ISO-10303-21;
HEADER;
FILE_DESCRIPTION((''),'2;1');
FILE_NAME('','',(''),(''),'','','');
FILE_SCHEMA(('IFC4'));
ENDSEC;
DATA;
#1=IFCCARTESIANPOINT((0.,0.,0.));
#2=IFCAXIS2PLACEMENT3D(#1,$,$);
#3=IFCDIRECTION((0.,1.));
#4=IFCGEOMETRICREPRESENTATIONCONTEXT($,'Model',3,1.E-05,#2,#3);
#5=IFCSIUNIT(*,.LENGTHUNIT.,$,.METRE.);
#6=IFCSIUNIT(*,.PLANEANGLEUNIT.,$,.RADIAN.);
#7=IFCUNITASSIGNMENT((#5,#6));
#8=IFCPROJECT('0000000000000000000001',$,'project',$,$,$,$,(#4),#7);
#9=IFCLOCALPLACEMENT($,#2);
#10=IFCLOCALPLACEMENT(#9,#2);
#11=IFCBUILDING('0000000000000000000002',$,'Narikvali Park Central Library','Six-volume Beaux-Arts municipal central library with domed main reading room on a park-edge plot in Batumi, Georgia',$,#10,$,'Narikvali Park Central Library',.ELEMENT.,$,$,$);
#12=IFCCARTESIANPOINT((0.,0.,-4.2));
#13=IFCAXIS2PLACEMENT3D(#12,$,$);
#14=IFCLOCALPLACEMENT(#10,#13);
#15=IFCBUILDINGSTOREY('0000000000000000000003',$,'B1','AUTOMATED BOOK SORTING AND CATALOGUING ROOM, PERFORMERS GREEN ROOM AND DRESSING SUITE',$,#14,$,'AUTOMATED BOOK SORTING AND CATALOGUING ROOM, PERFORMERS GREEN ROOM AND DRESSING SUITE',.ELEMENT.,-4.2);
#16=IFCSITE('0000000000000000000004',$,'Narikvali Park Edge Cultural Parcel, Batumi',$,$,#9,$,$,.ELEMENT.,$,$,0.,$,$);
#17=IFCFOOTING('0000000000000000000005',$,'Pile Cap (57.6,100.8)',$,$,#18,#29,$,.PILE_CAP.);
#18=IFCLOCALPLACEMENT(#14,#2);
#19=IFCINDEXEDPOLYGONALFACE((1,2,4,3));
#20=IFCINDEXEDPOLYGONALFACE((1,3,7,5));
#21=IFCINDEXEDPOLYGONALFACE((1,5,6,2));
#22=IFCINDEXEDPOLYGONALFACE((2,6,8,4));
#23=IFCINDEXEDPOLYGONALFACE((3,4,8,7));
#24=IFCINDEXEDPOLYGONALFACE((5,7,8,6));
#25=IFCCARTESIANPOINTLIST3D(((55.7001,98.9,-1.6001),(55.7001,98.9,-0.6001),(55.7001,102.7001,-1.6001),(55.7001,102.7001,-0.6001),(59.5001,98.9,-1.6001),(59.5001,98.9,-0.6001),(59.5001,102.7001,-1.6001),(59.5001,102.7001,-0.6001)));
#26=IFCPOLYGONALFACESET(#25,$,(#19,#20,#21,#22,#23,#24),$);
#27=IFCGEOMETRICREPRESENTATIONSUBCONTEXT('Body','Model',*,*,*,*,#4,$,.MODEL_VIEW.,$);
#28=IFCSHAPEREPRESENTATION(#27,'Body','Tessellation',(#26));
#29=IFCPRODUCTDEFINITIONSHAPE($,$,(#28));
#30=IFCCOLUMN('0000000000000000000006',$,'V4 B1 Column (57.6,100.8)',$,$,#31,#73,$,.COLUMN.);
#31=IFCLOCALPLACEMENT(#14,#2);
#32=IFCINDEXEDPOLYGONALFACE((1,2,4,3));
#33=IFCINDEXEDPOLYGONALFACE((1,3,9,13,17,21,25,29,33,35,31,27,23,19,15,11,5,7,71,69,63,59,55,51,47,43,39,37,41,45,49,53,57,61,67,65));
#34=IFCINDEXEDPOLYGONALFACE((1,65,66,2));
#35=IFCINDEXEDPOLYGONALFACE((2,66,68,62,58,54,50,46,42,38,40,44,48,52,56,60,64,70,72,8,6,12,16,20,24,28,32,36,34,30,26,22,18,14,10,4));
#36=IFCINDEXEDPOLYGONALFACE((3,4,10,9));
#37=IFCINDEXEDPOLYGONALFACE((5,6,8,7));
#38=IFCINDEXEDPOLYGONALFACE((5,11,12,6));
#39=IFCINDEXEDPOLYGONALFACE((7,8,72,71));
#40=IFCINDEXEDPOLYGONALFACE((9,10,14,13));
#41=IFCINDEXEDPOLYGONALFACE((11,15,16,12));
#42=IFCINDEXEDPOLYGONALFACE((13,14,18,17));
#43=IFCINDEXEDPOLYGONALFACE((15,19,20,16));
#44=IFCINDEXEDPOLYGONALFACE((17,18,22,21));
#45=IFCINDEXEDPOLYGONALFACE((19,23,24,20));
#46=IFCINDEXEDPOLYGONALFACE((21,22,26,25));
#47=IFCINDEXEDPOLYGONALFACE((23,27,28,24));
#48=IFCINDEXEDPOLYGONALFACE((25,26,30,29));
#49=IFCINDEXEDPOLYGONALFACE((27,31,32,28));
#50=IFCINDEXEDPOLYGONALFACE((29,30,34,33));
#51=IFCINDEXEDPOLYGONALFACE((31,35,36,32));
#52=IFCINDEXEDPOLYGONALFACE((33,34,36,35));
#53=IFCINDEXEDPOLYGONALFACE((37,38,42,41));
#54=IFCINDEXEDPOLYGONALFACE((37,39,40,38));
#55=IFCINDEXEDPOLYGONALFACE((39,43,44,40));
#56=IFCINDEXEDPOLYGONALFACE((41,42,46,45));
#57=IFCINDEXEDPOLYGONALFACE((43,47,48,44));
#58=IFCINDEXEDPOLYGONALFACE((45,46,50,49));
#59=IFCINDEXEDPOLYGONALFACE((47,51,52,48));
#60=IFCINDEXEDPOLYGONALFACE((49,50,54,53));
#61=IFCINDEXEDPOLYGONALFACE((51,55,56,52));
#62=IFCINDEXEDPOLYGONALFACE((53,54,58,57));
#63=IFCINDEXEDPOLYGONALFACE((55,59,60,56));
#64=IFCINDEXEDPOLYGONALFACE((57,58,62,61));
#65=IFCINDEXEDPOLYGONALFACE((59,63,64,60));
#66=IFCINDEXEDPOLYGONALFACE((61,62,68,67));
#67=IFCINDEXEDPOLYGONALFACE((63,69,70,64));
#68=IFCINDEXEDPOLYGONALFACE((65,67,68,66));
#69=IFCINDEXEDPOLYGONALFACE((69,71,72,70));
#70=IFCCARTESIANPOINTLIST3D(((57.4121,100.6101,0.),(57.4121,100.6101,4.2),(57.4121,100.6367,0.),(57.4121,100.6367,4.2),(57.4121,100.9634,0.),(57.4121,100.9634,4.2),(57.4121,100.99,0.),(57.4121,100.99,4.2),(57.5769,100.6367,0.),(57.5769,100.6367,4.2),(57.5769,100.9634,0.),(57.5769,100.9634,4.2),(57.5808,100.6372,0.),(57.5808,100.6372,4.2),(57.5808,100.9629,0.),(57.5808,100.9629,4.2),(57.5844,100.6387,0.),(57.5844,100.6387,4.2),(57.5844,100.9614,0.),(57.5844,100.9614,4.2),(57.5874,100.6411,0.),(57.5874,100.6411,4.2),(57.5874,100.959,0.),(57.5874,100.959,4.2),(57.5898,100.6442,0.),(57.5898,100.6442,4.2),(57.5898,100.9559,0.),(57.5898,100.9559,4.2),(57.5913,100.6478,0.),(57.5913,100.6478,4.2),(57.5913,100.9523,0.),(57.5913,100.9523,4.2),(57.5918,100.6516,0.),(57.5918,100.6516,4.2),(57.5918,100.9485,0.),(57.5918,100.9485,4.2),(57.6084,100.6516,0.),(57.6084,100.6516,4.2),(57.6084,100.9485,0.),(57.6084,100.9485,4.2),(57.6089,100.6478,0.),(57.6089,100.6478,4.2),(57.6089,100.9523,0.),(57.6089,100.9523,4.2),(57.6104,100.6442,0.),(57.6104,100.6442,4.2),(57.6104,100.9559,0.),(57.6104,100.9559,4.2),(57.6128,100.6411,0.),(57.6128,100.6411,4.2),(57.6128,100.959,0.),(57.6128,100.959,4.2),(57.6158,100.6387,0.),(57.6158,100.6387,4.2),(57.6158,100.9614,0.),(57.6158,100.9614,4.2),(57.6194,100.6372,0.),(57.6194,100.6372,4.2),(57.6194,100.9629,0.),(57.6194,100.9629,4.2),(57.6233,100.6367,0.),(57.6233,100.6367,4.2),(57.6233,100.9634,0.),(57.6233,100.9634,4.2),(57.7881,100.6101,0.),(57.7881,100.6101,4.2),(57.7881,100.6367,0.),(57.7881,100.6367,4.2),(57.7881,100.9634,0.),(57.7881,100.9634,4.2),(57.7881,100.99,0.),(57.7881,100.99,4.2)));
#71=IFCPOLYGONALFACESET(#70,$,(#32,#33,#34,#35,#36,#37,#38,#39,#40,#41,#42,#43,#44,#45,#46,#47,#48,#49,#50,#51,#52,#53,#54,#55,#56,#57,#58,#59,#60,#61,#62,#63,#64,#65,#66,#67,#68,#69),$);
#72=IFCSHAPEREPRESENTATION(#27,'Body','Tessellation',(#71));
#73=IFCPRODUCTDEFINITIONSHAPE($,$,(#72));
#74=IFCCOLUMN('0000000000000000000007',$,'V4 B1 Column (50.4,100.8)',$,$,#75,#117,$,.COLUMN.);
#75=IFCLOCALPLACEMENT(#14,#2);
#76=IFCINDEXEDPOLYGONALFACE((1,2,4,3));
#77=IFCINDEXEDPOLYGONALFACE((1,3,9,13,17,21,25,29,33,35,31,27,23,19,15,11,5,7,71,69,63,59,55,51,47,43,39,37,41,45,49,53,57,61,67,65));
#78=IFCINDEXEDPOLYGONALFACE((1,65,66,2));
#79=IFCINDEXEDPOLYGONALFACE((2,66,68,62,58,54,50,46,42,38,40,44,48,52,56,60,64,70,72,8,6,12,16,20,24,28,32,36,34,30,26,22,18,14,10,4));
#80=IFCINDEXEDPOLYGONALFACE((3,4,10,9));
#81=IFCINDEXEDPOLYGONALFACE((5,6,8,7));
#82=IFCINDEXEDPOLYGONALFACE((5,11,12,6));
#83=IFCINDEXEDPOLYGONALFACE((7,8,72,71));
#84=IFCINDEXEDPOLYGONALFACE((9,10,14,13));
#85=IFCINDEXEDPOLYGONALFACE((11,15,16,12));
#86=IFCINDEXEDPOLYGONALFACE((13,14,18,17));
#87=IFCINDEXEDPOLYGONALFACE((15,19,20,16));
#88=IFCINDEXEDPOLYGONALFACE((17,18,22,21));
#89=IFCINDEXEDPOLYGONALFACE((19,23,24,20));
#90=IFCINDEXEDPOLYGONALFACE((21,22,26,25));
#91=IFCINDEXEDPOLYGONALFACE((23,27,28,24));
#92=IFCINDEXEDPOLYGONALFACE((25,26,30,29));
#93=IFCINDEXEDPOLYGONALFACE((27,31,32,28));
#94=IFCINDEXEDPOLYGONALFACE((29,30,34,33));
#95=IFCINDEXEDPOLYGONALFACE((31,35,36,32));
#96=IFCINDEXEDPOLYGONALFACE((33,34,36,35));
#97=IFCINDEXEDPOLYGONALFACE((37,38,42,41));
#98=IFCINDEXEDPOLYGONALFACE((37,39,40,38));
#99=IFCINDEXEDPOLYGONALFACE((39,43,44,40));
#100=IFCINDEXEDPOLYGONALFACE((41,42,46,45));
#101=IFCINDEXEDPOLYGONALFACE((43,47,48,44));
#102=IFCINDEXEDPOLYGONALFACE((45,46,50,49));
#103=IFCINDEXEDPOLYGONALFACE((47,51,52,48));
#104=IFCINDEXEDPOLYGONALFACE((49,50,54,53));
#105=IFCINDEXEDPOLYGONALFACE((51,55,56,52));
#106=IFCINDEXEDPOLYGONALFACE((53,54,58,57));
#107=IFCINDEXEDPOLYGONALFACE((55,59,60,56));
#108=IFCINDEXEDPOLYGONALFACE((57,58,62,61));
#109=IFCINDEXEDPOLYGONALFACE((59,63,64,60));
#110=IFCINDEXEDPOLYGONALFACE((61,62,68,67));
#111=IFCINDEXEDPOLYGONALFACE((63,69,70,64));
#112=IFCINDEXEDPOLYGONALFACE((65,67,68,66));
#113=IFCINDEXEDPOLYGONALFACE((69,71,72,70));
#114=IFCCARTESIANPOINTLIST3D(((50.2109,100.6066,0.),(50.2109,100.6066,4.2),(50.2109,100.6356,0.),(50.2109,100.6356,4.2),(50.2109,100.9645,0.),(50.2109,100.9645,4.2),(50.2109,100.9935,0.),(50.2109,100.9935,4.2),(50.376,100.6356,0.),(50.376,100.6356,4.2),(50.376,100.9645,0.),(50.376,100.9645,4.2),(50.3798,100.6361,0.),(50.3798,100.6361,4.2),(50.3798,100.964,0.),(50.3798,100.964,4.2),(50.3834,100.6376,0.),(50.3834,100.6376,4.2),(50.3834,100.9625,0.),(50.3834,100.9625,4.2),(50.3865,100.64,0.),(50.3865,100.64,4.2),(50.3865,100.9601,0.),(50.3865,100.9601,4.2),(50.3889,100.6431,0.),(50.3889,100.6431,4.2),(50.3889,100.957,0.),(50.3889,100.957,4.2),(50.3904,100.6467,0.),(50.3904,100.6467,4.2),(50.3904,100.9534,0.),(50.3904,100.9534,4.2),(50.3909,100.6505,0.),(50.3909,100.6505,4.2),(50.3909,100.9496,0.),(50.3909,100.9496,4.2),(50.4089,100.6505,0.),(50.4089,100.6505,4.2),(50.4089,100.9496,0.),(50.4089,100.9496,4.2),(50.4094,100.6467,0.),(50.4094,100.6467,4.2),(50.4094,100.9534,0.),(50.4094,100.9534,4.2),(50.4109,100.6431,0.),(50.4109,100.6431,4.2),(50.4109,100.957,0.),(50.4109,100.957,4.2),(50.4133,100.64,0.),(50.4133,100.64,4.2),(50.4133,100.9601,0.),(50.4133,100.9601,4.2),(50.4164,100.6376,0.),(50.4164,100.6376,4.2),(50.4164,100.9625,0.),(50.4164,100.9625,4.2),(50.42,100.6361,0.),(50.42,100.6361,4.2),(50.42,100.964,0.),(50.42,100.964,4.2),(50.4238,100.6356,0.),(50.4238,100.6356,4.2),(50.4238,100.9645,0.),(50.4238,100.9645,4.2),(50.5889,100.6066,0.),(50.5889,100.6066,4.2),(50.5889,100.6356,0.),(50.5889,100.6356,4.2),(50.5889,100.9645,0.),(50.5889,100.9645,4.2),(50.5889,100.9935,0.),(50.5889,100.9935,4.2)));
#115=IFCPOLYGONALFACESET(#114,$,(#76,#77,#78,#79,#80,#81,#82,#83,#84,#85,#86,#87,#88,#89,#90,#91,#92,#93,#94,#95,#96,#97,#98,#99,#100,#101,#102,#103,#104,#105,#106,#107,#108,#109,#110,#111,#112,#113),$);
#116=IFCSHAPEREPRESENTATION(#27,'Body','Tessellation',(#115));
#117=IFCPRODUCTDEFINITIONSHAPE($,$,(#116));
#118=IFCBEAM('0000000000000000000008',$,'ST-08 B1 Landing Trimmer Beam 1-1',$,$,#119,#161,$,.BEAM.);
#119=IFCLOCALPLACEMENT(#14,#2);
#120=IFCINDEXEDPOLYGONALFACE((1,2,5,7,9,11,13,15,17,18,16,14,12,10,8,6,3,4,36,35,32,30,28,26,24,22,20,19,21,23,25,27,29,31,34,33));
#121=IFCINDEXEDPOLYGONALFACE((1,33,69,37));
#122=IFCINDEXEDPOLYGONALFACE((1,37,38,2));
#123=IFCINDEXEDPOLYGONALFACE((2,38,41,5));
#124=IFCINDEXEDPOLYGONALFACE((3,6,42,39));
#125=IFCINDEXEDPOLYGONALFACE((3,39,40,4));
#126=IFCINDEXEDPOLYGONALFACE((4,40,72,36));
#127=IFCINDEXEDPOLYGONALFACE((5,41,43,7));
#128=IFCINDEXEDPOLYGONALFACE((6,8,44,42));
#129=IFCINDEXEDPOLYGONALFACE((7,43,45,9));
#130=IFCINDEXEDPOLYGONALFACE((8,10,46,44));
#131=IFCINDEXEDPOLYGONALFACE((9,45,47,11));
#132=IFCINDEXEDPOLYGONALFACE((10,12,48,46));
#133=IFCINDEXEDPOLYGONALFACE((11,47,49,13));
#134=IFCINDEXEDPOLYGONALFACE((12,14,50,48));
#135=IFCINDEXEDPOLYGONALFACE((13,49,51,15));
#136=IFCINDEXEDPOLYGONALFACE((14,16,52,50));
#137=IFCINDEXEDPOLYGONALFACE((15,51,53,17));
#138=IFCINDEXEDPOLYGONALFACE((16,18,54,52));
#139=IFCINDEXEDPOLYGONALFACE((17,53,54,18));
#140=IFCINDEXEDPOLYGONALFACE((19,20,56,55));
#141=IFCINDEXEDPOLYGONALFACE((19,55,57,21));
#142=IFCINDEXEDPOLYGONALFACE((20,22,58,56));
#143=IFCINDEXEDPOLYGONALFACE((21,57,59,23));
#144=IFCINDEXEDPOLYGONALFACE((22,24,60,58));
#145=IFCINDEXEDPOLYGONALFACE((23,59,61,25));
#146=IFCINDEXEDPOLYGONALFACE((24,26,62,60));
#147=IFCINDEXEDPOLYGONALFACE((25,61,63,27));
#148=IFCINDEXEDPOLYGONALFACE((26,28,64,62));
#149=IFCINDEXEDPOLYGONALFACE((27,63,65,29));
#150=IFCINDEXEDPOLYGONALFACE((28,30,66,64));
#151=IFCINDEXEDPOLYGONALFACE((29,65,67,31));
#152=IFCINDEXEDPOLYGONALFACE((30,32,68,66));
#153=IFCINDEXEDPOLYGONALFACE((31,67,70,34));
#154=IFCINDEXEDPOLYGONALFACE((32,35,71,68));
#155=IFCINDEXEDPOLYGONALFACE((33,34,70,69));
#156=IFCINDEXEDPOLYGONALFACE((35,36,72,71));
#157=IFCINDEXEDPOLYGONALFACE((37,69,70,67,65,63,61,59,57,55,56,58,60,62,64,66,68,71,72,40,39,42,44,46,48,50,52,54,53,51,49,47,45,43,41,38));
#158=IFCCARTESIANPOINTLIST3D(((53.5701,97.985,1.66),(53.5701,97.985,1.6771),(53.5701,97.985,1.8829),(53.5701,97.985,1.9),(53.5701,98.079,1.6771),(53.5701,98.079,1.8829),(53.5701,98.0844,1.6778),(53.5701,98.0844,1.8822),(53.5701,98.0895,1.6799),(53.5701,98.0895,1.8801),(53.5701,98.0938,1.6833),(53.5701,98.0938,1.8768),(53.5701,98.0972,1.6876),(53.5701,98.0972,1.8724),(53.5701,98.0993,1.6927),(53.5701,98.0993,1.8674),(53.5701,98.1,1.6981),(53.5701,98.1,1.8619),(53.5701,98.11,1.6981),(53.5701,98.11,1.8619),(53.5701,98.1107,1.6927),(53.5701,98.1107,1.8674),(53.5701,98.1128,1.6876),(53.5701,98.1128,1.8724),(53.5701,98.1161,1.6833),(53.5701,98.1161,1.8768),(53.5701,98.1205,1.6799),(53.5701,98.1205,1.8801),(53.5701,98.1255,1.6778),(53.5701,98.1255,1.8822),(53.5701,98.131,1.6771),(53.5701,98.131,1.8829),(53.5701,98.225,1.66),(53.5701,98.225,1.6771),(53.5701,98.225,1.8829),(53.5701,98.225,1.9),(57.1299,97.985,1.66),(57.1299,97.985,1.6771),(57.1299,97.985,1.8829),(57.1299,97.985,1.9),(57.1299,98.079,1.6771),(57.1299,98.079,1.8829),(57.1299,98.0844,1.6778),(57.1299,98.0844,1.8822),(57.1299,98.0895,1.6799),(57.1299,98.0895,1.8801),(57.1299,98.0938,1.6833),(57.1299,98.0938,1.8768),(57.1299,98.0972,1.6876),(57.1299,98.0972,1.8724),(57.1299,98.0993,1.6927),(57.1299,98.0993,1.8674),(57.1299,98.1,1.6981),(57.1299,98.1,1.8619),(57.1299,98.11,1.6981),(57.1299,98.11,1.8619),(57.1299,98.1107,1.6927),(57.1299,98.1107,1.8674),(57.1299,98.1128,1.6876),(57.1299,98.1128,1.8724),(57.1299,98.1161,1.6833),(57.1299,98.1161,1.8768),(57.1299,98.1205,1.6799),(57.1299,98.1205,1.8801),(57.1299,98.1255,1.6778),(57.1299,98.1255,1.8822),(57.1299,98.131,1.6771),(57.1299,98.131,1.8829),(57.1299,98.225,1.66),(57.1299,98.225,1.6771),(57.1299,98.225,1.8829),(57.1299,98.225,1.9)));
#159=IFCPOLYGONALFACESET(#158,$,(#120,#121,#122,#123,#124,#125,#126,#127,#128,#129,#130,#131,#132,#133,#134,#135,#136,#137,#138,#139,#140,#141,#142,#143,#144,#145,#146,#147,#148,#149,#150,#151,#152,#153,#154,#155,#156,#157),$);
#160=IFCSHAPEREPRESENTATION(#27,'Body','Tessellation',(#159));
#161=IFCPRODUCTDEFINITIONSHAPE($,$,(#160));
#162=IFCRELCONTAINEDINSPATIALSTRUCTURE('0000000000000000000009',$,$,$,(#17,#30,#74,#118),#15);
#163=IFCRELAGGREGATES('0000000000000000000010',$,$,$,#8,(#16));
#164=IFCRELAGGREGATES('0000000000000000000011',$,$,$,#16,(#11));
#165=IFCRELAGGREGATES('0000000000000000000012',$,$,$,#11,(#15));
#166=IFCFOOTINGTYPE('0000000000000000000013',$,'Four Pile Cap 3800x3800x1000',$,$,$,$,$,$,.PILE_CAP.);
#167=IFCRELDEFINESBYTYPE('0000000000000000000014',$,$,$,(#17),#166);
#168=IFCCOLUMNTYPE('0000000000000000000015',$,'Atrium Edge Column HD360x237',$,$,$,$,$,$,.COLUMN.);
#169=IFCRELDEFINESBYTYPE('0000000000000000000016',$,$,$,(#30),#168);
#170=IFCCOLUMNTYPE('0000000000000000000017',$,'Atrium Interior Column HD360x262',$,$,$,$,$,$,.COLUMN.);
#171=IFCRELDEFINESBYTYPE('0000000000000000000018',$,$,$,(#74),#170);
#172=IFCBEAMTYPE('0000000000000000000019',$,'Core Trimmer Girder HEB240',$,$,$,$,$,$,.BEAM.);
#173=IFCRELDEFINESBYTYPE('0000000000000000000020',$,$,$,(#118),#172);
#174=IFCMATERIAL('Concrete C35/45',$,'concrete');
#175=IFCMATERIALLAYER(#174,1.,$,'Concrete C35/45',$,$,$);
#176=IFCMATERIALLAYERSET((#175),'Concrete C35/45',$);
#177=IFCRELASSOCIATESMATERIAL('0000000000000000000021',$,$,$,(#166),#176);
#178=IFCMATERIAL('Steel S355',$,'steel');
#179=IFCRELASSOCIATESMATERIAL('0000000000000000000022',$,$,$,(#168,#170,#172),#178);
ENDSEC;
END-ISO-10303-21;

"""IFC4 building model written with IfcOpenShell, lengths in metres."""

from ifc_helpers import new_model, si_unit, direction, frame, origin, origin_2d, place, context, subcontext, project, spatial, rectangle, i_section, extrude, material, layer, layer_set, material_profile, profile_set, type_object, element, save


model = new_model("IFC4")

# Units and contexts
model_context = context("Model", 3, precision=1e-05, world=origin(), true_north=direction((0.0, 1.0)))
body_context = subcontext(model_context, "Body", "Model", "MODEL_VIEW")
ifc_project = project(units=[si_unit("LENGTHUNIT", "METRE"), si_unit("PLANEANGLEUNIT", "RADIAN")], contexts=[model_context])

# Site, building, storey
site_placement = place(None, origin())
site = spatial("IfcSite", under=ifc_project, at=site_placement, Name="Narikvali Park Edge Cultural Parcel, Batumi", CompositionType="ELEMENT", RefElevation=0.0)
building_placement = place(site_placement, origin())
building = spatial("IfcBuilding", under=site, at=building_placement, Name="Narikvali Park Central Library", Description="Six-volume Beaux-Arts municipal central library with domed main reading room on a park-edge plot in Batumi, Georgia", LongName="Narikvali Park Central Library", CompositionType="ELEMENT")
storey_placement = place(building_placement, frame((0.0, 0.0, -4.2)))
storey = spatial("IfcBuildingStorey", under=building, at=storey_placement, Name="B1", Description="AUTOMATED BOOK SORTING AND CATALOGUING ROOM, PERFORMERS GREEN ROOM AND DRESSING SUITE", LongName="AUTOMATED BOOK SORTING AND CATALOGUING ROOM, PERFORMERS GREEN ROOM AND DRESSING SUITE", CompositionType="ELEMENT", Elevation=-4.2)

# Shared definitions
ifc_material_1 = material(Name="Concrete C35/45", Category="concrete")

# Footing
ifc_layer_1 = layer(ifc_material_1, 1.0, Name="Concrete C35/45")
ifc_layer_set_1 = layer_set([ifc_layer_1], Name="Concrete C35/45")
footing_type_1 = type_object("IfcFootingType", Name="Four Pile Cap 3800x3800x1000", PredefinedType="PILE_CAP", material=ifc_layer_set_1)
for number, where, z_axis, x_axis, name in (
    (1, (57.6001, 100.8, -1.6001), (0.0, 0.0, 1.0), (1.0, 0.0, 0.0), "Pile Cap (57.6,100.8)"),
):
    element("IfcFooting", number, at=place(storey_placement, frame(where, z_axis=z_axis, x_axis=x_axis)), inside=storey, type_object=footing_type_1, Name=name, PredefinedType="PILE_CAP", context=body_context, shape_type="SweptSolid", body=[
        extrude(rectangle(XDim=3.8, YDim=3.8, at=origin_2d()), origin(), (0.0, 0.0, 1.0), 1.0),
    ])

# Columns
ifc_material_2 = material(Name="Steel S355", Category="steel")
ifc_material_profile_1 = material_profile(ifc_material_2, i_section(OverallWidth=0.376, OverallDepth=0.3799, WebThickness=0.0166, FlangeThickness=0.0266, FilletRadius=0.0149, at=origin_2d()), Name="HD 360x237")
ifc_profile_set_1 = profile_set([ifc_material_profile_1], Name="Steel S355")
column_type_1 = type_object("IfcColumnType", Name="Atrium Edge Column HD360x237", PredefinedType="COLUMN", material=ifc_profile_set_1)
column_1_placement = place(storey_placement, frame((57.6001, 100.8, 0.0), z_axis=(0.0, 0.0, 1.0), x_axis=(1.0, 0.0, 0.0)))
element("IfcColumn", 2, at=column_1_placement, inside=storey, type_object=column_type_1, Name="V4 B1 Column (57.6,100.8)", PredefinedType="COLUMN", context=body_context, shape_type="SweptSolid", body=[
    extrude(i_section(OverallWidth=0.376, OverallDepth=0.3799, WebThickness=0.0166, FlangeThickness=0.0266, FilletRadius=0.0149, at=origin_2d()), origin(), (0.0, 0.0, 1.0), 4.2),
])
ifc_material_profile_2 = material_profile(ifc_material_2, i_section(OverallWidth=0.3779, OverallDepth=0.387, WebThickness=0.0181, FlangeThickness=0.0291, FilletRadius=0.0149, at=origin_2d()), Name="HD 360x262")
ifc_profile_set_2 = profile_set([ifc_material_profile_2], Name="Steel S355")
column_type_2 = type_object("IfcColumnType", Name="Atrium Interior Column HD360x262", PredefinedType="COLUMN", material=ifc_profile_set_2)
column_2_placement = place(storey_placement, frame((50.3999, 100.8, 0.0), z_axis=(0.0, 0.0, 1.0), x_axis=(1.0, 0.0, 0.0)))
element("IfcColumn", 3, at=column_2_placement, inside=storey, type_object=column_type_2, Name="V4 B1 Column (50.4,100.8)", PredefinedType="COLUMN", context=body_context, shape_type="SweptSolid", body=[
    extrude(i_section(OverallWidth=0.3779, OverallDepth=0.387, WebThickness=0.0181, FlangeThickness=0.0291, FilletRadius=0.0149, at=origin_2d()), origin(), (0.0, 0.0, 1.0), 4.2),
])

# Beam
ifc_material_profile_3 = material_profile(ifc_material_2, i_section(OverallWidth=0.24, OverallDepth=0.24, WebThickness=0.01, FlangeThickness=0.0171, FilletRadius=0.021, at=origin_2d()), Name="HEB 240")
ifc_profile_set_3 = profile_set([ifc_material_profile_3], Name="Steel S355")
beam_type = type_object("IfcBeamType", Name="Core Trimmer Girder HEB240", PredefinedType="BEAM", material=ifc_profile_set_3)
for number, where, z_axis, x_axis, name in (
    (4, (53.5701, 98.105, 1.78), (1.0, 0.0, 0.0), (0.0, 1.0, 0.0), "ST-08 B1 Landing Trimmer Beam 1-1"),
):
    element("IfcBeam", number, at=place(storey_placement, frame(where, z_axis=z_axis, x_axis=x_axis)), inside=storey, type_object=beam_type, Name=name, PredefinedType="BEAM", context=body_context, shape_type="SweptSolid", body=[
        extrude(i_section(OverallWidth=0.24, OverallDepth=0.24, WebThickness=0.01, FlangeThickness=0.0171, FilletRadius=0.021, at=origin_2d()), origin(), (0.0, 0.0, 1.0), 3.5598),
    ])

save(model, "model.ifc")
